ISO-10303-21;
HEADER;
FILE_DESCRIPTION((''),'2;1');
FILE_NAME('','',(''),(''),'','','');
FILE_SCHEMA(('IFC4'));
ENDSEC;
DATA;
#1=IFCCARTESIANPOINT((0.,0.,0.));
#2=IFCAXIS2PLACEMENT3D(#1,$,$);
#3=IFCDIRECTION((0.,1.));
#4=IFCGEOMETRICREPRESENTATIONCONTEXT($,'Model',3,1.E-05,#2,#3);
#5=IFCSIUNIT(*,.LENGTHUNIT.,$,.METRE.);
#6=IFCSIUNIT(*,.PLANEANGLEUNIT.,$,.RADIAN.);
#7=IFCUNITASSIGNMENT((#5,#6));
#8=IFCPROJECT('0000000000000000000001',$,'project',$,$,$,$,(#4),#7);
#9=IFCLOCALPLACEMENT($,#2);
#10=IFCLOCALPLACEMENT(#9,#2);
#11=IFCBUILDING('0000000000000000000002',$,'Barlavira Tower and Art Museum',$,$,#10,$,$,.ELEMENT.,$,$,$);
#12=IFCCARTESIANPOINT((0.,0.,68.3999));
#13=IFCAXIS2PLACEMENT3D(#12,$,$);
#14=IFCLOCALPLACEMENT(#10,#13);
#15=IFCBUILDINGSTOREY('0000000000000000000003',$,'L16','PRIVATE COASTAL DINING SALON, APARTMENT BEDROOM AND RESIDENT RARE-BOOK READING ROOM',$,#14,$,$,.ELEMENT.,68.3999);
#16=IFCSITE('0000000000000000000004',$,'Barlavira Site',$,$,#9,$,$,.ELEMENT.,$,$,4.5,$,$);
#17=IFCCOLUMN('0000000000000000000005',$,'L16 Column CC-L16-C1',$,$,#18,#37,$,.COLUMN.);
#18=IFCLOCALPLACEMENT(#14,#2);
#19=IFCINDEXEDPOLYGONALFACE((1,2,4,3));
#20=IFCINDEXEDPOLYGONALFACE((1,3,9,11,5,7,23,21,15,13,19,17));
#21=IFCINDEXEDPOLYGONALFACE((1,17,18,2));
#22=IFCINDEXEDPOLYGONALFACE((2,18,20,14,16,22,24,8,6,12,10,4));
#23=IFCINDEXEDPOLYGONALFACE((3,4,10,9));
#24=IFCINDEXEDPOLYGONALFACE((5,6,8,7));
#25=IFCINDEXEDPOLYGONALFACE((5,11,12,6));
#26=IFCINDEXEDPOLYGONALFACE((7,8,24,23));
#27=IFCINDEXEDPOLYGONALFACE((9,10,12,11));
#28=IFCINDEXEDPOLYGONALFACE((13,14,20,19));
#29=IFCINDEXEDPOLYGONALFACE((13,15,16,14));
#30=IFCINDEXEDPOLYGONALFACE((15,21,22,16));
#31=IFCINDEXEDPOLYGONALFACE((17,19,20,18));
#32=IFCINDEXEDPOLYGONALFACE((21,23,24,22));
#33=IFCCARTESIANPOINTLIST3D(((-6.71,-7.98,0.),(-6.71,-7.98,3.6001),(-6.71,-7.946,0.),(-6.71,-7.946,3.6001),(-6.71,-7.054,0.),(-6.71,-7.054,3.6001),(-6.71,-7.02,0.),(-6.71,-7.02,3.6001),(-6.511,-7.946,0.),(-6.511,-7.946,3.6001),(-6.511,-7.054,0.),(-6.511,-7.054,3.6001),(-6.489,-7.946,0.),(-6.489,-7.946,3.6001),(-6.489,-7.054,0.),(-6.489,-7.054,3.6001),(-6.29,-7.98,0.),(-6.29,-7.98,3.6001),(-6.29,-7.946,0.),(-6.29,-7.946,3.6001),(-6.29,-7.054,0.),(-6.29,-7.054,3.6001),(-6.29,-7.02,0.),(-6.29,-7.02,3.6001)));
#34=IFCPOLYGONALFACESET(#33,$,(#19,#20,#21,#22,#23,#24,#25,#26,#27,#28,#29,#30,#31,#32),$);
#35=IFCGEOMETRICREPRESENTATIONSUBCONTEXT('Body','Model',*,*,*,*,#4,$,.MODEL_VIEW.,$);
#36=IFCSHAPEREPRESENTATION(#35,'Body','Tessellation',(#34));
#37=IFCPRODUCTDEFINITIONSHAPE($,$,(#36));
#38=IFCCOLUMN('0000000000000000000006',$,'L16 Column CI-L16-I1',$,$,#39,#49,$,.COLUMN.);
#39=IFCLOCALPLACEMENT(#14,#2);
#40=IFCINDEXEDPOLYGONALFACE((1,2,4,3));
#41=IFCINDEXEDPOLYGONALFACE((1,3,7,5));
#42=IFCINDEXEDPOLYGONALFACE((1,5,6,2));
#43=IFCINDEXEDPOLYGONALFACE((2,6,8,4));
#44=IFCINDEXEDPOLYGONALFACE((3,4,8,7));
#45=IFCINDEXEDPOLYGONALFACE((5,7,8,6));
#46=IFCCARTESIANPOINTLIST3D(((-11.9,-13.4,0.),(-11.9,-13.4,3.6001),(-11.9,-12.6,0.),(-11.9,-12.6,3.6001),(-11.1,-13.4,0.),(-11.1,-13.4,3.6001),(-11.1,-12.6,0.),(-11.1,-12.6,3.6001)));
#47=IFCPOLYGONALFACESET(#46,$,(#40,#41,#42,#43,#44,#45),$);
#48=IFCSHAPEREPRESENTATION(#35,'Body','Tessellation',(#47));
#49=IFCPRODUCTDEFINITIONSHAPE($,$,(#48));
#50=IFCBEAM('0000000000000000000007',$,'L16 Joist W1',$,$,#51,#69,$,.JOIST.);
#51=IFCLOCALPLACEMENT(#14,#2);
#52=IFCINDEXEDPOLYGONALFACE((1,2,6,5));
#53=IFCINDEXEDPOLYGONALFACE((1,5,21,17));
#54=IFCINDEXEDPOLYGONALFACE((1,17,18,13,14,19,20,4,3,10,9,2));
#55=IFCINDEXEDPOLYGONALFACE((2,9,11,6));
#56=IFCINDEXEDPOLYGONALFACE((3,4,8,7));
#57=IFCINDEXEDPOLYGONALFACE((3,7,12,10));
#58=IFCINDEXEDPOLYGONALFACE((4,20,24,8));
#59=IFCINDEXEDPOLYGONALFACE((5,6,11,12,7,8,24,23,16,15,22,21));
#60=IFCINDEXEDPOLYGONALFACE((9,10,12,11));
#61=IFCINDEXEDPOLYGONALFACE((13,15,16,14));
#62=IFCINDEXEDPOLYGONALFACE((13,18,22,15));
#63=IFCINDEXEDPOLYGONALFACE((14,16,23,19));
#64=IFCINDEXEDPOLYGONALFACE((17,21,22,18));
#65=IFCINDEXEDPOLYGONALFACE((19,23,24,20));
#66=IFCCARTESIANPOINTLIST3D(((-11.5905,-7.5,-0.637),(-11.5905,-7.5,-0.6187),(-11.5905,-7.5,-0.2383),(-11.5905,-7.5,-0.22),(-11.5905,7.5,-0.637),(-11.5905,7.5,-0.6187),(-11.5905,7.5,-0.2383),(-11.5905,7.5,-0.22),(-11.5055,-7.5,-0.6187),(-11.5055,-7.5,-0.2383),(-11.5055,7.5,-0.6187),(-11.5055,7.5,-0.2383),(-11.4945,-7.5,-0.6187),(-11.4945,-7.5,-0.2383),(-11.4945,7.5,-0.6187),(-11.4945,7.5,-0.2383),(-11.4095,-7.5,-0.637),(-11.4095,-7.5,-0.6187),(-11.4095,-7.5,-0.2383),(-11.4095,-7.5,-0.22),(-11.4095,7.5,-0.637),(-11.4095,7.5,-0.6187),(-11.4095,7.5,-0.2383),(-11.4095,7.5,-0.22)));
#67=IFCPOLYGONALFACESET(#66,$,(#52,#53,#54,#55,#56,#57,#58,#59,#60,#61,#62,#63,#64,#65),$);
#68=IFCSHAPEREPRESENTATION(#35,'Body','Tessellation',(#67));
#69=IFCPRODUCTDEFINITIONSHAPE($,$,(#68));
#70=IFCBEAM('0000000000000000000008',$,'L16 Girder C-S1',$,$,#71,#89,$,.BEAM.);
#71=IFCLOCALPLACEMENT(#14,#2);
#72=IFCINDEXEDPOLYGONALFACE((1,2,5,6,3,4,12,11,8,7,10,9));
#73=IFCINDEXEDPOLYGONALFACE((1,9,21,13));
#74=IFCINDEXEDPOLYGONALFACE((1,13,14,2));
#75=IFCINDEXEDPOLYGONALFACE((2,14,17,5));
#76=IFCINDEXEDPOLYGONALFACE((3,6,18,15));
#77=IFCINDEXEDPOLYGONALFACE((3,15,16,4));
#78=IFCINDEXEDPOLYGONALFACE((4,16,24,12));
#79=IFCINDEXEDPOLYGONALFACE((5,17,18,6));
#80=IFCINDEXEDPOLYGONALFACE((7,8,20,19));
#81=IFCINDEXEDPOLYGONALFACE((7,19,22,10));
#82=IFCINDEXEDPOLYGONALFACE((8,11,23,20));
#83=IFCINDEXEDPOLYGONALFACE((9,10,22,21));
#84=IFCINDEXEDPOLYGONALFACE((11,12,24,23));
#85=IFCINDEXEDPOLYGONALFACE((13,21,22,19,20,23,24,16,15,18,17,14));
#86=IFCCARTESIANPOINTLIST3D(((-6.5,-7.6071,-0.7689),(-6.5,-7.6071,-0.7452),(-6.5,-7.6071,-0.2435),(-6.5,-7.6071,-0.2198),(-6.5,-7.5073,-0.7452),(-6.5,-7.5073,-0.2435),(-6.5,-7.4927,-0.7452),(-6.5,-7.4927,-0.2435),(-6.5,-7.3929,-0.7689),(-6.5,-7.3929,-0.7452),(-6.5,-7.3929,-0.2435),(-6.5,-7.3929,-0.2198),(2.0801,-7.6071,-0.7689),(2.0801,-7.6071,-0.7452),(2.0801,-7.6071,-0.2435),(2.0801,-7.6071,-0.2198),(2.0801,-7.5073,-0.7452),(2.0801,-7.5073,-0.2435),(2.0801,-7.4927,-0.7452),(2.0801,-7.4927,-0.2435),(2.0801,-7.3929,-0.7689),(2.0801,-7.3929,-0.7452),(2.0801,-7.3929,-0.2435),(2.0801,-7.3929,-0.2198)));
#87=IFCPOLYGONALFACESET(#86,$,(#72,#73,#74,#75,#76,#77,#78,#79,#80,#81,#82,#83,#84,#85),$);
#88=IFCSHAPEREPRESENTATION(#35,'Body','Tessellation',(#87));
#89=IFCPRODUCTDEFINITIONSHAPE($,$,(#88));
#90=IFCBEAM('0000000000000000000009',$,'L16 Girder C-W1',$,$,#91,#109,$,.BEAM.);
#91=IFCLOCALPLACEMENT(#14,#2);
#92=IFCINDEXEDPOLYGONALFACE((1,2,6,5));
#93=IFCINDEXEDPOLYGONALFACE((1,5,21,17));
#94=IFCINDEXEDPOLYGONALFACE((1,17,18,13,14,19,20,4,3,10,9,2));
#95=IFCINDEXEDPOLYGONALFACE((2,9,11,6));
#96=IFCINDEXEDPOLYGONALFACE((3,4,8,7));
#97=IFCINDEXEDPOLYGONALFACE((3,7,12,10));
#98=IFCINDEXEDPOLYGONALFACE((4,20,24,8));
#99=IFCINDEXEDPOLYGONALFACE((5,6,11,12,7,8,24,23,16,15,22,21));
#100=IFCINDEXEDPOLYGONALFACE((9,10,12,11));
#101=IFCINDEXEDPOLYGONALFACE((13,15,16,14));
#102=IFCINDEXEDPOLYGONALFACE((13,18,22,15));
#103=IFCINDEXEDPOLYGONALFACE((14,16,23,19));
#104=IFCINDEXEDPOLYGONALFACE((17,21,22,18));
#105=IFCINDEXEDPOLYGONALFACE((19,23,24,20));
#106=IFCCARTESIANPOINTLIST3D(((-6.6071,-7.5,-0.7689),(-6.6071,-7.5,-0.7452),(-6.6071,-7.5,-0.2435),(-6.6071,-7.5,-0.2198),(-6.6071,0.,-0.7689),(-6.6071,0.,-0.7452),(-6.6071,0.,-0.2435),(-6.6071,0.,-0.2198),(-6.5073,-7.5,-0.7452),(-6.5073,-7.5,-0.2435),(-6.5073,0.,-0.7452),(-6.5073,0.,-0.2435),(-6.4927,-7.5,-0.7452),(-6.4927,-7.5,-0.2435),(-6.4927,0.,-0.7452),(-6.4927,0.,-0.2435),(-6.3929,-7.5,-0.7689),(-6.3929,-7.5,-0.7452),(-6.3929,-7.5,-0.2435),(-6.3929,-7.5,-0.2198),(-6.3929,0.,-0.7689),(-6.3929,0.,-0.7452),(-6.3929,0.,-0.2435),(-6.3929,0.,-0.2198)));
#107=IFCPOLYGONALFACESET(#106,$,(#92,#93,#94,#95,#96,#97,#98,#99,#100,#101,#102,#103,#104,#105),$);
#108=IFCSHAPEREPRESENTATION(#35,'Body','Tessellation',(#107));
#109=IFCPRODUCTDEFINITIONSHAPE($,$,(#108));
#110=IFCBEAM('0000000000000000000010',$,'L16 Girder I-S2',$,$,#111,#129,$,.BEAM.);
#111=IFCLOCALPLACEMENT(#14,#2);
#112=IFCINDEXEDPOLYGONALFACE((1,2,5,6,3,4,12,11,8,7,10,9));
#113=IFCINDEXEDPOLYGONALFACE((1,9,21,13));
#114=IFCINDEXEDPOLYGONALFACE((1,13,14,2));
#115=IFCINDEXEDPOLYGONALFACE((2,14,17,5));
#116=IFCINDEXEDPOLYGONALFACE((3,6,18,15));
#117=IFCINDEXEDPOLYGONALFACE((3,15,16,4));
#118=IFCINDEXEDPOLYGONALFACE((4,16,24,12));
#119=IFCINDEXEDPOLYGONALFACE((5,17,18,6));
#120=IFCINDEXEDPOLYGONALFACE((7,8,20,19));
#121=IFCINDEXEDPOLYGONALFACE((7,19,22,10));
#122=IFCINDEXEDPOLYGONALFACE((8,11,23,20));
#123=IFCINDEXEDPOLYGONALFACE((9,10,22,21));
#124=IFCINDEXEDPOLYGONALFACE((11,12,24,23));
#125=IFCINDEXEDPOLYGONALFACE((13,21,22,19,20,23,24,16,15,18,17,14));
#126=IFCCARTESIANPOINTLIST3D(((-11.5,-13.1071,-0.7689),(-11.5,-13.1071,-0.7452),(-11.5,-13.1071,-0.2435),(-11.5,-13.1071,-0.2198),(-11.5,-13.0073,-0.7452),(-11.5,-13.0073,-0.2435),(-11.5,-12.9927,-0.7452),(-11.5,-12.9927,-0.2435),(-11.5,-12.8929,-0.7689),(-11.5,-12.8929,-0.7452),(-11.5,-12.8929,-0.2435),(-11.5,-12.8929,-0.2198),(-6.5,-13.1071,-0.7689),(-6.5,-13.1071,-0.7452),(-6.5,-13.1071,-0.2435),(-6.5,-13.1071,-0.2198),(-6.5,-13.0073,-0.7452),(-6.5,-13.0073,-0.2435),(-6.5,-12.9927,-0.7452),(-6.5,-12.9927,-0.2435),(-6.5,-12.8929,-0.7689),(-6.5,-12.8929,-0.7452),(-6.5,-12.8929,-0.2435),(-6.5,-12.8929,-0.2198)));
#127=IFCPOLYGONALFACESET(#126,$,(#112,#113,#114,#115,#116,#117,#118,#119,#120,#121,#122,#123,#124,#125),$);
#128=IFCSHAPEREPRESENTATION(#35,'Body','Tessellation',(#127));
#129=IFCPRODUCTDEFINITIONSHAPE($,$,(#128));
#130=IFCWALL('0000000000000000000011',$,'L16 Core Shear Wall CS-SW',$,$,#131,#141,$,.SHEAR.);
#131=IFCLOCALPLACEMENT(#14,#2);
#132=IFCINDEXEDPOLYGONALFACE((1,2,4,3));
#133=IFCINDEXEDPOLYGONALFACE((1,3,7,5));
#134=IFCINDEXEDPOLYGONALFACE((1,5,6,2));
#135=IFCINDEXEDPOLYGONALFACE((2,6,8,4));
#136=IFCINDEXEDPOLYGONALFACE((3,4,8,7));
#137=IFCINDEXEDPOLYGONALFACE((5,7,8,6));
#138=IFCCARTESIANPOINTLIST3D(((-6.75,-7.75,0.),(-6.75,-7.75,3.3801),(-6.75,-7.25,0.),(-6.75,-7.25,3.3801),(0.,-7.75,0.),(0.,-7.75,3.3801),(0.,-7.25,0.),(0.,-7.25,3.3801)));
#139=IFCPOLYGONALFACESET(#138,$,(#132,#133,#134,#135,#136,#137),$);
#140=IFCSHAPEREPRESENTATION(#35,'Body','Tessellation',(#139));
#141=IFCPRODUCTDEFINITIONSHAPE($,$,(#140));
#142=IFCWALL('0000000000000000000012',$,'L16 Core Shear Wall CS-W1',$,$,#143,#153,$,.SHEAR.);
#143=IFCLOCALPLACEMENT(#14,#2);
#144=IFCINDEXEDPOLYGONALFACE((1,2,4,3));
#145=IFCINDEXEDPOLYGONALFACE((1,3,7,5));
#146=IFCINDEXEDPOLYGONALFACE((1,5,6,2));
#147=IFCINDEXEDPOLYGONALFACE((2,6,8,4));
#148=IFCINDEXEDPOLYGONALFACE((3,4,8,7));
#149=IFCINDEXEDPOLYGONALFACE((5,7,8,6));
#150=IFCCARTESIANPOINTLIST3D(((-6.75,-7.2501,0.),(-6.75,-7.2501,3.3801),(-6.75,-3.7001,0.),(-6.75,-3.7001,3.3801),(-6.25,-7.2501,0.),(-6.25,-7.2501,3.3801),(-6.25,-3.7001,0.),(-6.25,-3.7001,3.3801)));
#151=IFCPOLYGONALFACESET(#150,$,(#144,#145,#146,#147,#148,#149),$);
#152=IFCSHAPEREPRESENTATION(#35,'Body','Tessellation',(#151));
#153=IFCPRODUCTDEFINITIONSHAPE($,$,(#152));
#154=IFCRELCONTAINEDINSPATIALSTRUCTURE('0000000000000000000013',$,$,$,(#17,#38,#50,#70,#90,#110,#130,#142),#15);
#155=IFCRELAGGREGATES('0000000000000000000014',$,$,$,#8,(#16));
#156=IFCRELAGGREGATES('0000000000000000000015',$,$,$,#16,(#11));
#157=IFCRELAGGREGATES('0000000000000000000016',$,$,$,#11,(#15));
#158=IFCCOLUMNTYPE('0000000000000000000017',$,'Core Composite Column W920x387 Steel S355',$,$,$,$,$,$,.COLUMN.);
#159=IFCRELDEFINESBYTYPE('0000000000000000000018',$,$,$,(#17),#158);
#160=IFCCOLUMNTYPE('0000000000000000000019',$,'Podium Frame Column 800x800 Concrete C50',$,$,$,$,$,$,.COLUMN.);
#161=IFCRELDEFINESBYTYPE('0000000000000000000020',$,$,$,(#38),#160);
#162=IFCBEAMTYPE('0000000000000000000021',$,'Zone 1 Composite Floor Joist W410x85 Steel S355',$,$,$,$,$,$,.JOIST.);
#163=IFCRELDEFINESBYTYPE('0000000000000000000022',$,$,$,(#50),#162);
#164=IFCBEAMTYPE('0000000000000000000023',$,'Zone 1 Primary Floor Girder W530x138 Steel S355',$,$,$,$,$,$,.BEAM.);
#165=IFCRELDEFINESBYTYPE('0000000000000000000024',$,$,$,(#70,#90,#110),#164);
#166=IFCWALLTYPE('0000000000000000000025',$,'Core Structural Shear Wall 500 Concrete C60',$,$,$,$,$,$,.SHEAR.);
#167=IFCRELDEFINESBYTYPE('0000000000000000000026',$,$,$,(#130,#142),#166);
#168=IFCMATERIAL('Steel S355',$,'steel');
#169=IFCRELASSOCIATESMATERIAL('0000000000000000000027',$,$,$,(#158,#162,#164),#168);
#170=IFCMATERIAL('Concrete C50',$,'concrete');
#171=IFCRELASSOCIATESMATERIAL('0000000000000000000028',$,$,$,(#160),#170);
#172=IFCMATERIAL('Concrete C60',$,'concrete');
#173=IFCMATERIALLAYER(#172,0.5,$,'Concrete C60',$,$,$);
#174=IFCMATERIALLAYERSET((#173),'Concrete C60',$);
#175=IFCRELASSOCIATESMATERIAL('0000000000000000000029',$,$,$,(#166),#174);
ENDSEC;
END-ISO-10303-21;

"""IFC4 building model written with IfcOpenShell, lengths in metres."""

from ifc_helpers import new_model, si_unit, direction, frame, frame_2d, origin, origin_2d, place, context, subcontext, project, spatial, rectangle, i_section, extrude, material, layer, layer_set, material_profile, profile_set, type_object, element, save


model = new_model("IFC4")

# Units and contexts
model_context = context("Model", 3, precision=1e-05, world=origin(), true_north=direction((0.0, 1.0)))
body_context = subcontext(model_context, "Body", "Model", "MODEL_VIEW")
ifc_project = project(units=[si_unit("LENGTHUNIT", "METRE"), si_unit("PLANEANGLEUNIT", "RADIAN")], contexts=[model_context])

# Site, building, storey
site_placement = place(None, origin())
site = spatial("IfcSite", under=ifc_project, at=site_placement, Name="Barlavira Site", CompositionType="ELEMENT", RefElevation=4.5)
building_placement = place(site_placement, origin())
building = spatial("IfcBuilding", under=site, at=building_placement, Name="Barlavira Tower and Art Museum", CompositionType="ELEMENT")
storey_placement = place(building_placement, frame((0.0, 0.0, 68.3999)))
storey = spatial("IfcBuildingStorey", under=building, at=storey_placement, Name="L16", Description="PRIVATE COASTAL DINING SALON, APARTMENT BEDROOM AND RESIDENT RARE-BOOK READING ROOM", CompositionType="ELEMENT", Elevation=68.3999)

# Columns
ifc_material_1 = material(Name="Steel S355", Category="steel")
ifc_material_profile_1 = material_profile(ifc_material_1, i_section(OverallWidth=0.4199, OverallDepth=0.96, WebThickness=0.022, FlangeThickness=0.0339, at=origin_2d()), Name="W920x387.0")
ifc_profile_set_1 = profile_set([ifc_material_profile_1], Name="Steel S355")
column_type_1 = type_object("IfcColumnType", Name="Core Composite Column W920x387 Steel S355", PredefinedType="COLUMN", material=ifc_profile_set_1)
column_1_placement = place(storey_placement, frame((-6.5, -7.5, 0.0), z_axis=(0.0, 0.0, 1.0), x_axis=(1.0, 0.0, 0.0)))
element("IfcColumn", 1, at=column_1_placement, inside=storey, type_object=column_type_1, Name="L16 Column CC-L16-C1", PredefinedType="COLUMN", context=body_context, shape_type="SweptSolid", body=[
    extrude(i_section(OverallWidth=0.4199, OverallDepth=0.96, WebThickness=0.022, FlangeThickness=0.0339, at=origin_2d()), origin(), (0.0, 0.0, 1.0), 3.6001),
])
ifc_material_2 = material(Name="Concrete C50", Category="concrete")
ifc_material_profile_2 = material_profile(ifc_material_2, rectangle(XDim=0.8, YDim=0.8, at=origin_2d()), Name="RC-COL 800x800")
ifc_profile_set_2 = profile_set([ifc_material_profile_2], Name="Concrete C50")
column_type_2 = type_object("IfcColumnType", Name="Podium Frame Column 800x800 Concrete C50", PredefinedType="COLUMN", material=ifc_profile_set_2)
column_2_placement = place(storey_placement, frame((-11.5, -13.0, 0.0), z_axis=(0.0, 0.0, 1.0), x_axis=(1.0, 0.0, 0.0)))
element("IfcColumn", 2, at=column_2_placement, inside=storey, type_object=column_type_2, Name="L16 Column CI-L16-I1", PredefinedType="COLUMN", context=body_context, shape_type="SweptSolid", body=[
    extrude(rectangle(XDim=0.8, YDim=0.8, at=origin_2d()), origin(), (0.0, 0.0, 1.0), 3.6001),
])

# Beams
ifc_material_profile_3 = material_profile(ifc_material_1, i_section(OverallWidth=0.1809, OverallDepth=0.417, WebThickness=0.011, FlangeThickness=0.0183, at=origin_2d()), Name="W410x85.0")
ifc_profile_set_3 = profile_set([ifc_material_profile_3], Name="Steel S355")
beam_type_1 = type_object("IfcBeamType", Name="Zone 1 Composite Floor Joist W410x85 Steel S355", PredefinedType="JOIST", material=ifc_profile_set_3)
beam_1_placement = place(storey_placement, frame((-11.5, -7.5, -0.4285), z_axis=(0.0, 1.0, 0.0), x_axis=(-1.0, 0.0, 0.0)))
element("IfcBeam", 3, at=beam_1_placement, inside=storey, type_object=beam_type_1, Name="L16 Joist W1", PredefinedType="JOIST", context=body_context, shape_type="SweptSolid", body=[
    extrude(i_section(OverallWidth=0.1809, OverallDepth=0.417, WebThickness=0.011, FlangeThickness=0.0183, at=origin_2d()), origin(), (0.0, 0.0, 1.0), 15.0),
])
ifc_material_profile_4 = material_profile(ifc_material_1, i_section(OverallWidth=0.2141, OverallDepth=0.5491, WebThickness=0.0146, FlangeThickness=0.0237, at=origin_2d()), Name="W530x138.0")
ifc_profile_set_4 = profile_set([ifc_material_profile_4], Name="Steel S355")
beam_type_2 = type_object("IfcBeamType", Name="Zone 1 Primary Floor Girder W530x138 Steel S355", PredefinedType="BEAM", material=ifc_profile_set_4)
beam_2_placement = place(storey_placement, frame((-6.5, -7.5, -0.4944), z_axis=(1.0, 0.0, 0.0), x_axis=(0.0, 1.0, 0.0)))
element("IfcBeam", 4, at=beam_2_placement, inside=storey, type_object=beam_type_2, Name="L16 Girder C-S1", PredefinedType="BEAM", context=body_context, shape_type="SweptSolid", body=[
    extrude(i_section(OverallWidth=0.2141, OverallDepth=0.5491, WebThickness=0.0146, FlangeThickness=0.0237, at=origin_2d()), origin(), (0.0, 0.0, 1.0), 8.5801),
])
beam_3_placement = place(storey_placement, frame((-6.5, -7.5, -0.4944), z_axis=(0.0, 1.0, 0.0), x_axis=(-1.0, 0.0, 0.0)))
element("IfcBeam", 5, at=beam_3_placement, inside=storey, type_object=beam_type_2, Name="L16 Girder C-W1", PredefinedType="BEAM", context=body_context, shape_type="SweptSolid", body=[
    extrude(i_section(OverallWidth=0.2141, OverallDepth=0.5491, WebThickness=0.0146, FlangeThickness=0.0237, at=origin_2d()), origin(), (0.0, 0.0, 1.0), 7.5),
])
beam_4_placement = place(storey_placement, frame((-11.5, -13.0, -0.4944), z_axis=(1.0, 0.0, 0.0), x_axis=(0.0, 1.0, 0.0)))
element("IfcBeam", 6, at=beam_4_placement, inside=storey, type_object=beam_type_2, Name="L16 Girder I-S2", PredefinedType="BEAM", context=body_context, shape_type="SweptSolid", body=[
    extrude(i_section(OverallWidth=0.2141, OverallDepth=0.5491, WebThickness=0.0146, FlangeThickness=0.0237, at=origin_2d()), origin(), (0.0, 0.0, 1.0), 5.0),
])

# Walls
ifc_material_3 = material(Name="Concrete C60", Category="concrete")
ifc_layer_1 = layer(ifc_material_3, 0.5, Name="Concrete C60")
ifc_layer_set_1 = layer_set([ifc_layer_1], Name="Concrete C60")
wall_type_1 = type_object("IfcWallType", Name="Core Structural Shear Wall 500 Concrete C60", PredefinedType="SHEAR", material=ifc_layer_set_1)
wall_1_placement = place(storey_placement, frame((-6.75, -7.5, 0.0), z_axis=(0.0, 0.0, 1.0), x_axis=(1.0, 0.0, 0.0)))
element("IfcWall", 7, at=wall_1_placement, inside=storey, type_object=wall_type_1, Name="L16 Core Shear Wall CS-SW", PredefinedType="SHEAR", context=body_context, shape_type="SweptSolid", body=[
    extrude(rectangle(XDim=6.75, YDim=0.5, at=frame_2d((3.375, 0.0))), origin(), (0.0, 0.0, 1.0), 3.3801),
])
wall_2_placement = place(storey_placement, frame((-6.5, -7.25, 0.0), z_axis=(0.0, 0.0, 1.0), x_axis=(0.0, 1.0, 0.0)))
element("IfcWall", 8, at=wall_2_placement, inside=storey, type_object=wall_type_1, Name="L16 Core Shear Wall CS-W1", PredefinedType="SHEAR", context=body_context, shape_type="SweptSolid", body=[
    extrude(rectangle(XDim=3.55, YDim=0.5, at=frame_2d((1.7749, 0.0))), origin(), (0.0, 0.0, 1.0), 3.3801),
])

save(model, "model.ifc")
